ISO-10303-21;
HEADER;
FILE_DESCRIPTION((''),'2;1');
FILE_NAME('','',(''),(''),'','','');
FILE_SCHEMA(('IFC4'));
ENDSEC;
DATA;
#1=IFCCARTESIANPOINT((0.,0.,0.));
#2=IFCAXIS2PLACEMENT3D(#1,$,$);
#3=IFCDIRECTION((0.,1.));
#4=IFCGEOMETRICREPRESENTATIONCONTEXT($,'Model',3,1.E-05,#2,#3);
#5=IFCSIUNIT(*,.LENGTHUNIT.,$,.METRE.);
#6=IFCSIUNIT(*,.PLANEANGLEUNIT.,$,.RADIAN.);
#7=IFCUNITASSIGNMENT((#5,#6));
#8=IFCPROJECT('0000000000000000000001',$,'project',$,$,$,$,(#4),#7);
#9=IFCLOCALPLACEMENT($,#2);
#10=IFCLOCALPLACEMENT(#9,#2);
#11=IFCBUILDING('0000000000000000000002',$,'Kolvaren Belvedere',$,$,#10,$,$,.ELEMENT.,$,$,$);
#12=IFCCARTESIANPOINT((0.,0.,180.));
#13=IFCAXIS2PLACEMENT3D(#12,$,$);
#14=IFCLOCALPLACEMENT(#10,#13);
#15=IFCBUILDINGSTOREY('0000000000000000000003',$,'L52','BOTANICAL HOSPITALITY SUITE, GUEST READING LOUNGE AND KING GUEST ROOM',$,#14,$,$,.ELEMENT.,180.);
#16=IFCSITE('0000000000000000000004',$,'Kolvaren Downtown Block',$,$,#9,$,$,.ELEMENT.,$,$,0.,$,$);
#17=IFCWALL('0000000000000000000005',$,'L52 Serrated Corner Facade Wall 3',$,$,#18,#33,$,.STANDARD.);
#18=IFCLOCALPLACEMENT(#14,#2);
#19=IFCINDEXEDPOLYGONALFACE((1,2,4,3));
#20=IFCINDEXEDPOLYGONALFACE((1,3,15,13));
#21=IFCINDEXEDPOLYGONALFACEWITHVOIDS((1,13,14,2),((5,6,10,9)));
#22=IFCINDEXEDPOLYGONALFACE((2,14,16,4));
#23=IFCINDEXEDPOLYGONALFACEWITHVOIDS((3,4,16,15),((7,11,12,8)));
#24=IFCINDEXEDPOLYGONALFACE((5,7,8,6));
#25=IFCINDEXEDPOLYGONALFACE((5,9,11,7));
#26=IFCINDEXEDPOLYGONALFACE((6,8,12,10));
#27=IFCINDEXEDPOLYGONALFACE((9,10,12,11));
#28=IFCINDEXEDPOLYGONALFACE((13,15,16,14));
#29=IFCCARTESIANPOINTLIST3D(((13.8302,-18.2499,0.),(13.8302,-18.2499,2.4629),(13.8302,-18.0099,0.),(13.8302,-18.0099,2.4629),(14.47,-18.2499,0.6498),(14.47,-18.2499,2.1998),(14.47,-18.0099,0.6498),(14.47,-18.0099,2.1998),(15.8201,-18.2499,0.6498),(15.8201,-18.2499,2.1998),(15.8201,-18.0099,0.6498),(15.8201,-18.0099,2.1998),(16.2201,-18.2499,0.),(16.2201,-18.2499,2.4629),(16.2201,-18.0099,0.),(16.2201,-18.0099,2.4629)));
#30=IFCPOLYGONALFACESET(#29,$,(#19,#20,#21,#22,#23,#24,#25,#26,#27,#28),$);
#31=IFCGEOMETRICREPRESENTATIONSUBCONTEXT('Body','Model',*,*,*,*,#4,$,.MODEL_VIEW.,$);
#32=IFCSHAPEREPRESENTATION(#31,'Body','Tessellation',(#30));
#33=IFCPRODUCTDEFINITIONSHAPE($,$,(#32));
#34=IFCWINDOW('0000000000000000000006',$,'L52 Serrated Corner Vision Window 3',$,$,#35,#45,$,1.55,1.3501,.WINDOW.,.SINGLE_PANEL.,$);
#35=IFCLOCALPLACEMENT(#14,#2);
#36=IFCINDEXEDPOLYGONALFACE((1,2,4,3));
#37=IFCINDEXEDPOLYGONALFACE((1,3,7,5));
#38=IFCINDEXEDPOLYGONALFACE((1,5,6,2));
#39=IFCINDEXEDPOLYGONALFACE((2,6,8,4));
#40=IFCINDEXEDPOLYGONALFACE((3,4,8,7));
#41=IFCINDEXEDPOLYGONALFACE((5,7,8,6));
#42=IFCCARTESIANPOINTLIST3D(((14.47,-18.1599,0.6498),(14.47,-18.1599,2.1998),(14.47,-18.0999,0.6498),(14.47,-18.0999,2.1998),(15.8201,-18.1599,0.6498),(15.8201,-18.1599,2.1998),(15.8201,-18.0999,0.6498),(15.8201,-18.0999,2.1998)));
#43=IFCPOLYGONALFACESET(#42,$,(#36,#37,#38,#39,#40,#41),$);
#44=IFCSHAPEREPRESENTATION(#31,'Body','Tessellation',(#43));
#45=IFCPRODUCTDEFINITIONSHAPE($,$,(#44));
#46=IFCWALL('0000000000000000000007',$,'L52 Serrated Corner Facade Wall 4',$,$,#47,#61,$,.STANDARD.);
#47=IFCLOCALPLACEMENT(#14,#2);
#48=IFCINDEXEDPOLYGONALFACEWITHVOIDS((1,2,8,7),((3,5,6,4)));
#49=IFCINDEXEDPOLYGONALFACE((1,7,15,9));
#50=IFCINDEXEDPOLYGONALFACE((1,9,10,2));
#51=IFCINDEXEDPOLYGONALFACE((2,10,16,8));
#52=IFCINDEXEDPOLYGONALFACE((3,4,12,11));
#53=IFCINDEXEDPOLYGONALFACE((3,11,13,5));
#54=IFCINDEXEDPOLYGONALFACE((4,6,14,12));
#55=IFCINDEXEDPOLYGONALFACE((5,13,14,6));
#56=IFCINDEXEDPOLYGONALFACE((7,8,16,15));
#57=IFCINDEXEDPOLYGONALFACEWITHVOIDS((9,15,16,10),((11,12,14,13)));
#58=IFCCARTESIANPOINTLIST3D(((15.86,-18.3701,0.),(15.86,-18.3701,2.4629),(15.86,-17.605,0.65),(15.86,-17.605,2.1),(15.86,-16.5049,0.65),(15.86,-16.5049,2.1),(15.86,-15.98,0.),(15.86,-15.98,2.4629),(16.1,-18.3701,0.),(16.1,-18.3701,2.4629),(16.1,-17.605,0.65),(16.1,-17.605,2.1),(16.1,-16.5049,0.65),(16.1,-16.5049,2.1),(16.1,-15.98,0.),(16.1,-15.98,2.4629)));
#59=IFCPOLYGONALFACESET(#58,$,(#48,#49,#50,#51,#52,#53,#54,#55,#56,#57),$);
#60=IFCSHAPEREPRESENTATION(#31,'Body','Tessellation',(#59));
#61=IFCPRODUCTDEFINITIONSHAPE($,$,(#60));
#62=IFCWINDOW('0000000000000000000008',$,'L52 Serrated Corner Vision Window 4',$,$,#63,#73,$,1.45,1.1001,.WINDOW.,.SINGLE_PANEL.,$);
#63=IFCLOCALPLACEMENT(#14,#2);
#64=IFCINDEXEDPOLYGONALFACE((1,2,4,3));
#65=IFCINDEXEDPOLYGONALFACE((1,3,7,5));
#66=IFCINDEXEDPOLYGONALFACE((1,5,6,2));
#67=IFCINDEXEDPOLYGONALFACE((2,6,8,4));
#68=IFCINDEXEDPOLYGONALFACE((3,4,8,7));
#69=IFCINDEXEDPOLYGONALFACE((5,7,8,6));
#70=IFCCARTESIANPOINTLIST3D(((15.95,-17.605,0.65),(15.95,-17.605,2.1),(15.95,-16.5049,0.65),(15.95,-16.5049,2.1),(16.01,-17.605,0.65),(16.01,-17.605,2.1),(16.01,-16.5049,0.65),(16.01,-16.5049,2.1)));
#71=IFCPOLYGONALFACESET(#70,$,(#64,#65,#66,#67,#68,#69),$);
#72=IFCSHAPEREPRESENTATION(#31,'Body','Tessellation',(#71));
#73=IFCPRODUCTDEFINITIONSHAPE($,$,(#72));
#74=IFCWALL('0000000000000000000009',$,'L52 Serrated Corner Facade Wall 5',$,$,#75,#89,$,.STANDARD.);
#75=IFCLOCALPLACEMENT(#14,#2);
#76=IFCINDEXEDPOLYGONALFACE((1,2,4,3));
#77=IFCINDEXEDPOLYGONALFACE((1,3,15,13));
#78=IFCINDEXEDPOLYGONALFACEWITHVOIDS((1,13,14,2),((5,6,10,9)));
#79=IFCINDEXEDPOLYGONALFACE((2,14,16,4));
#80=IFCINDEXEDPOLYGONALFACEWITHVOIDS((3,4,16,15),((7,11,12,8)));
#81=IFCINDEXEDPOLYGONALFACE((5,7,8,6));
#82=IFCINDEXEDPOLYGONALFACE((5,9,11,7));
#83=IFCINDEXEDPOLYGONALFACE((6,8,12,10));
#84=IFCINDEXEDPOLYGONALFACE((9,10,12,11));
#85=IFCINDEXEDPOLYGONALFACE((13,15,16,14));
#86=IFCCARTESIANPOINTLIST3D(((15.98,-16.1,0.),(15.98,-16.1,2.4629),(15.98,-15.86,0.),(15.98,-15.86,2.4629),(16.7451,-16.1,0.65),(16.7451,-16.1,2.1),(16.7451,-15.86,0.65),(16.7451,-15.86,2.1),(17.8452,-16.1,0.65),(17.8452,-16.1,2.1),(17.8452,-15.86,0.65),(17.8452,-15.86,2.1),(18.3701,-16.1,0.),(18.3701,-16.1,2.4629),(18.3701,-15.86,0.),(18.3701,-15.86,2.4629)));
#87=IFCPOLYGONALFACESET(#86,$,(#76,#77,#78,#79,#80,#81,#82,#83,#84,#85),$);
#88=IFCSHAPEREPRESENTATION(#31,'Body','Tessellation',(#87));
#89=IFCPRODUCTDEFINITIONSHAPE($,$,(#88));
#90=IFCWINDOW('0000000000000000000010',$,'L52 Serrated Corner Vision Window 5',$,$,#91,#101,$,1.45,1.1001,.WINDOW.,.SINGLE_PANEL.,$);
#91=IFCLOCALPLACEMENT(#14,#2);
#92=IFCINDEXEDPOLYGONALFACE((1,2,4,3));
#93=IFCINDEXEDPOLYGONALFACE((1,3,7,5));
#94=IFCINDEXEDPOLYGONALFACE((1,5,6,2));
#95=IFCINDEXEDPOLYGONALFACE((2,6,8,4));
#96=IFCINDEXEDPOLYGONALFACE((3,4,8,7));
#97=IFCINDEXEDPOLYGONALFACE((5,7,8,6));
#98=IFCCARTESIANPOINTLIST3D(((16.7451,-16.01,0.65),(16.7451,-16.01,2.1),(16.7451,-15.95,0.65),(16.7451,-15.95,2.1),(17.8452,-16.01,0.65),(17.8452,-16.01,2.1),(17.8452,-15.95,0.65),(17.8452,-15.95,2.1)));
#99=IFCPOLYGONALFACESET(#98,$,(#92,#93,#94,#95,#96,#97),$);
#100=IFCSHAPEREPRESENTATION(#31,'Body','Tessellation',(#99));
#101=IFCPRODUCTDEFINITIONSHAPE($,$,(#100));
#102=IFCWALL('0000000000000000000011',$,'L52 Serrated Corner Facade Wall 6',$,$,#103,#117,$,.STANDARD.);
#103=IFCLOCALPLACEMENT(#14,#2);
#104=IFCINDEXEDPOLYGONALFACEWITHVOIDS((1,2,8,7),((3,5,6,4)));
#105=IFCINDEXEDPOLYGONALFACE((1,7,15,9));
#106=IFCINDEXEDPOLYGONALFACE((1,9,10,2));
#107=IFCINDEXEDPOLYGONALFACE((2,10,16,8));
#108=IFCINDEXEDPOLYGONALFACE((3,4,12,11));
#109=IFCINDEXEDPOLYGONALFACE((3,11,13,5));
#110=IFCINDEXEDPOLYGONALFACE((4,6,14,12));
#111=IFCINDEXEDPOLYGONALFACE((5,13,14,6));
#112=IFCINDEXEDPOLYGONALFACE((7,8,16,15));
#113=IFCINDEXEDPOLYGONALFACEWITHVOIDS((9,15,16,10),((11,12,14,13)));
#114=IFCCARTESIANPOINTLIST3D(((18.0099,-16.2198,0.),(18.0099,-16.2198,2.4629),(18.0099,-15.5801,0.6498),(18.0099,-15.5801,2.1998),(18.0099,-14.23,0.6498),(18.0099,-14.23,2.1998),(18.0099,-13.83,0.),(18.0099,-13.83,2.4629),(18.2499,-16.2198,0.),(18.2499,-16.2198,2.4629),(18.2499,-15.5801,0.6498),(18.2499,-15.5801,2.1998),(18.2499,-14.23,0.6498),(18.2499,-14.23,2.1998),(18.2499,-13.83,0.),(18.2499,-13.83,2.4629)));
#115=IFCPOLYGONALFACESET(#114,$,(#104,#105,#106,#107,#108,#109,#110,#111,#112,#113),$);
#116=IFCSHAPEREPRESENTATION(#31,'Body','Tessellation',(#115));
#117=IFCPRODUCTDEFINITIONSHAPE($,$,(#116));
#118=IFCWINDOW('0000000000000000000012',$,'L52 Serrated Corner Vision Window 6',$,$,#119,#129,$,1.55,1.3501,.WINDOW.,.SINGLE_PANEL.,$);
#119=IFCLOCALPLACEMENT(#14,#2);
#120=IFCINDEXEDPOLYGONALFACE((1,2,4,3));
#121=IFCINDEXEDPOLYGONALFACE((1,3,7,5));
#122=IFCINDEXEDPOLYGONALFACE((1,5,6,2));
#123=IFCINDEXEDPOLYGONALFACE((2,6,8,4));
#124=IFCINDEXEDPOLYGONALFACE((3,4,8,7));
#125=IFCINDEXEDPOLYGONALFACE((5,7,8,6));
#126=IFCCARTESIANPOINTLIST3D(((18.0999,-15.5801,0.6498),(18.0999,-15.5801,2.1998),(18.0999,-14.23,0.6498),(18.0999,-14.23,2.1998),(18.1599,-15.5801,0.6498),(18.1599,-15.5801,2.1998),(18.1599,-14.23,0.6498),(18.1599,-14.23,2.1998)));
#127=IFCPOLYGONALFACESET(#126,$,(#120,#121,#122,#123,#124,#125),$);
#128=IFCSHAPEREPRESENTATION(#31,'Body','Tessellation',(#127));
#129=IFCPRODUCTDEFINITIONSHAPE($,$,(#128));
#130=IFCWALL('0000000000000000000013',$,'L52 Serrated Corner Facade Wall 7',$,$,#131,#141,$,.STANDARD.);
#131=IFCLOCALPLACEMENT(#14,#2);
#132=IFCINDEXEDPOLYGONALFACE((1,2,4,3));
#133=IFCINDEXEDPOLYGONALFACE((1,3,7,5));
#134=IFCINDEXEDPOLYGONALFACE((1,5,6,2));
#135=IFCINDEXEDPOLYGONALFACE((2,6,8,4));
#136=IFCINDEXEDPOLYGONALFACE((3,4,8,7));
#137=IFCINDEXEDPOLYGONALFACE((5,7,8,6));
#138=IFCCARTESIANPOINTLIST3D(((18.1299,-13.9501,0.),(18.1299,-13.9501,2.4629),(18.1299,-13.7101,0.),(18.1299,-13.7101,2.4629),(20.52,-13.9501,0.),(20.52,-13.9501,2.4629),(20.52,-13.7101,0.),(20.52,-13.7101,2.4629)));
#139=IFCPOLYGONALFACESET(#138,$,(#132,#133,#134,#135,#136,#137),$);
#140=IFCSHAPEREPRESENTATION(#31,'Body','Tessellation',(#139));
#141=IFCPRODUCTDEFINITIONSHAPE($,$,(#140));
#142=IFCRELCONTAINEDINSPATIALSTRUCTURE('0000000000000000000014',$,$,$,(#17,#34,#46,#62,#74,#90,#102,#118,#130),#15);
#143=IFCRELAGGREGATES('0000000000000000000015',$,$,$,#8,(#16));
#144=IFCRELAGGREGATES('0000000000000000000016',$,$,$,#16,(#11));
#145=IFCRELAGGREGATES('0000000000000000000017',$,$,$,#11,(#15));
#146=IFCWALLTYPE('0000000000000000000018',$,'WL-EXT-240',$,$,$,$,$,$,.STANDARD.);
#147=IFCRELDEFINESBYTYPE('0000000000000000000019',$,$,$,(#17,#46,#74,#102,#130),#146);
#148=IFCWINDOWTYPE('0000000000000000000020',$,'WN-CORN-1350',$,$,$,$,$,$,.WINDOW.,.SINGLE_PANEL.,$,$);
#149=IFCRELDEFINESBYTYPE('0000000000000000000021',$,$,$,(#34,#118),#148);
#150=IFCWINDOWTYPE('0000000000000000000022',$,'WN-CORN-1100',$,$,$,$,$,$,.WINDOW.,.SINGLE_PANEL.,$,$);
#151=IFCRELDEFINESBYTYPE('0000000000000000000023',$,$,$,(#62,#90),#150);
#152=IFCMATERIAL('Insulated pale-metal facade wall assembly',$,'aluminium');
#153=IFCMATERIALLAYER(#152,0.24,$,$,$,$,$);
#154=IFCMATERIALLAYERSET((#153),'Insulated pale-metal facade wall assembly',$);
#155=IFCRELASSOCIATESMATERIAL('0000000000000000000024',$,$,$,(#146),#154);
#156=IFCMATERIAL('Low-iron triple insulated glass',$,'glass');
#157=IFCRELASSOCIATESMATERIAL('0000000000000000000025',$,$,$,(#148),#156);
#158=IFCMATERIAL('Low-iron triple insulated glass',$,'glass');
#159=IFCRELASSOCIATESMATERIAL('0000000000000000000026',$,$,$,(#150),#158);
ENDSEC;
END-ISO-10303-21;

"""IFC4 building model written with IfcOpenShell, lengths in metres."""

from ifc_helpers import new_model, si_unit, direction, frame, frame_2d, origin, place, context, subcontext, project, spatial, rectangle, extrude, material, layer, layer_set, type_object, element, fill, save


model = new_model("IFC4")

# Units and contexts
model_context = context("Model", 3, precision=1e-05, world=origin(), true_north=direction((0.0, 1.0)))
body_context = subcontext(model_context, "Body", "Model", "MODEL_VIEW")
ifc_project = project(units=[si_unit("LENGTHUNIT", "METRE"), si_unit("PLANEANGLEUNIT", "RADIAN")], contexts=[model_context])

# Site, building, storey
site_placement = place(None, origin())
site = spatial("IfcSite", under=ifc_project, at=site_placement, Name="Kolvaren Downtown Block", CompositionType="ELEMENT", RefElevation=0.0)
building_placement = place(site_placement, origin())
building = spatial("IfcBuilding", under=site, at=building_placement, Name="Kolvaren Belvedere", CompositionType="ELEMENT")
storey_placement = place(building_placement, frame((0.0, 0.0, 180.0)))
storey = spatial("IfcBuildingStorey", under=building, at=storey_placement, Name="L52", Description="BOTANICAL HOSPITALITY SUITE, GUEST READING LOUNGE AND KING GUEST ROOM", CompositionType="ELEMENT", Elevation=180.0)

# Shared definitions
ifc_material_1 = material(Name="Insulated pale-metal facade wall assembly", Category="aluminium")
ifc_layer_1 = layer(ifc_material_1, 0.24)
ifc_layer_set_1 = layer_set([ifc_layer_1], Name="Insulated pale-metal facade wall assembly")
wall_type = type_object("IfcWallType", Name="WL-EXT-240", PredefinedType="STANDARD", material=ifc_layer_set_1)

# Walls, openings, windows
wall_1_placement = place(storey_placement, frame((16.22, -18.1299, 0.0), z_axis=(0.0, 0.0, 1.0), x_axis=(-1.0, 0.0, 0.0)))
wall_1 = element("IfcWall", 1, at=wall_1_placement, inside=storey, type_object=wall_type, Name="L52 Serrated Corner Facade Wall 3", PredefinedType="STANDARD", context=body_context, shape_type="SweptSolid", body=[
    extrude(rectangle(XDim=2.3899, YDim=0.24, at=frame_2d((1.1948, 0.0))), origin(), (0.0, 0.0, 1.0), 2.4629),
])
opening_1_placement = place(wall_1_placement, frame((0.3999, 0.0, 0.6499)))
opening_1 = element("IfcOpeningElement", 2, at=opening_1_placement, cuts=wall_1, PredefinedType="OPENING", context=body_context, shape_type="SweptSolid", body=[
    extrude(rectangle(XDim=1.3501, YDim=1.55, at=frame_2d((0.675, 0.7749))), frame((0.0, 0.1299, 0.0), z_axis=(0.0, -1.0, 0.0), x_axis=(1.0, 0.0, 0.0)), (0.0, 0.0, 1.0), 0.26),
])
ifc_material_2 = material(Name="Low-iron triple insulated glass", Category="glass")
window_type_1 = type_object("IfcWindowType", Name="WN-CORN-1350", PartitioningType="SINGLE_PANEL", PredefinedType="WINDOW", material=ifc_material_2)
window_1_placement = place(opening_1_placement, origin())
window_1 = element("IfcWindow", 3, at=window_1_placement, inside=storey, type_object=window_type_1, Name="L52 Serrated Corner Vision Window 3", OverallHeight=1.55, OverallWidth=1.3501, PartitioningType="SINGLE_PANEL", PredefinedType="WINDOW", context=body_context, shape_type="SweptSolid", body=[
    extrude(rectangle(XDim=1.3501, YDim=1.55, at=frame_2d((0.675, 0.7749))), frame((0.0, 0.03, 0.0), z_axis=(0.0, -1.0, 0.0), x_axis=(1.0, 0.0, 0.0)), (0.0, 0.0, 1.0), 0.0601),
])
fill(opening_1, window_1)
wall_2_placement = place(storey_placement, frame((15.98, -15.98, 0.0), z_axis=(0.0, 0.0, 1.0), x_axis=(0.0, -1.0, 0.0)))
wall_2 = element("IfcWall", 4, at=wall_2_placement, inside=storey, type_object=wall_type, Name="L52 Serrated Corner Facade Wall 4", PredefinedType="STANDARD", context=body_context, shape_type="SweptSolid", body=[
    extrude(rectangle(XDim=2.3901, YDim=0.24, at=frame_2d((1.1951, 0.0))), origin(), (0.0, 0.0, 1.0), 2.4629),
])
opening_2_placement = place(wall_2_placement, frame((0.5249, 0.0, 0.6499)))
opening_2 = element("IfcOpeningElement", 5, at=opening_2_placement, cuts=wall_2, PredefinedType="OPENING", context=body_context, shape_type="SweptSolid", body=[
    extrude(rectangle(XDim=1.1001, YDim=1.45, at=frame_2d((0.55, 0.7251))), frame((0.0, 0.1299, 0.0), z_axis=(0.0, -1.0, 0.0), x_axis=(1.0, 0.0, 0.0)), (0.0, 0.0, 1.0), 0.26),
])
ifc_material_3 = material(Name="Low-iron triple insulated glass", Category="glass")
window_type_2 = type_object("IfcWindowType", Name="WN-CORN-1100", PartitioningType="SINGLE_PANEL", PredefinedType="WINDOW", material=ifc_material_3)
window_2_placement = place(opening_2_placement, origin())
window_2 = element("IfcWindow", 6, at=window_2_placement, inside=storey, type_object=window_type_2, Name="L52 Serrated Corner Vision Window 4", OverallHeight=1.45, OverallWidth=1.1001, PartitioningType="SINGLE_PANEL", PredefinedType="WINDOW", context=body_context, shape_type="SweptSolid", body=[
    extrude(rectangle(XDim=1.1001, YDim=1.45, at=frame_2d((0.55, 0.7251))), frame((0.0, 0.03, 0.0), z_axis=(0.0, -1.0, 0.0), x_axis=(1.0, 0.0, 0.0)), (0.0, 0.0, 1.0), 0.0601),
])
fill(opening_2, window_2)
wall_3_placement = place(storey_placement, frame((18.3701, -15.98, 0.0), z_axis=(0.0, 0.0, 1.0), x_axis=(-1.0, 0.0, 0.0)))
wall_3 = element("IfcWall", 7, at=wall_3_placement, inside=storey, type_object=wall_type, Name="L52 Serrated Corner Facade Wall 5", PredefinedType="STANDARD", context=body_context, shape_type="SweptSolid", body=[
    extrude(rectangle(XDim=2.3901, YDim=0.24, at=frame_2d((1.1951, 0.0))), origin(), (0.0, 0.0, 1.0), 2.4629),
])
opening_3_placement = place(wall_3_placement, frame((0.5249, 0.0, 0.6499)))
opening_3 = element("IfcOpeningElement", 8, at=opening_3_placement, cuts=wall_3, PredefinedType="OPENING", context=body_context, shape_type="SweptSolid", body=[
    extrude(rectangle(XDim=1.1001, YDim=1.45, at=frame_2d((0.55, 0.7251))), frame((0.0, 0.1299, 0.0), z_axis=(0.0, -1.0, 0.0), x_axis=(1.0, 0.0, 0.0)), (0.0, 0.0, 1.0), 0.26),
])
window_3_placement = place(opening_3_placement, origin())
window_3 = element("IfcWindow", 9, at=window_3_placement, inside=storey, type_object=window_type_2, Name="L52 Serrated Corner Vision Window 5", OverallHeight=1.45, OverallWidth=1.1001, PartitioningType="SINGLE_PANEL", PredefinedType="WINDOW", context=body_context, shape_type="SweptSolid", body=[
    extrude(rectangle(XDim=1.1001, YDim=1.45, at=frame_2d((0.55, 0.7251))), frame((0.0, 0.03, 0.0), z_axis=(0.0, -1.0, 0.0), x_axis=(1.0, 0.0, 0.0)), (0.0, 0.0, 1.0), 0.0601),
])
fill(opening_3, window_3)
wall_4_placement = place(storey_placement, frame((18.1299, -13.8301, 0.0), z_axis=(0.0, 0.0, 1.0), x_axis=(0.0, -1.0, 0.0)))
wall_4 = element("IfcWall", 10, at=wall_4_placement, inside=storey, type_object=wall_type, Name="L52 Serrated Corner Facade Wall 6", PredefinedType="STANDARD", context=body_context, shape_type="SweptSolid", body=[
    extrude(rectangle(XDim=2.3899, YDim=0.24, at=frame_2d((1.1948, 0.0))), origin(), (0.0, 0.0, 1.0), 2.4629),
])
opening_4_placement = place(wall_4_placement, frame((0.3999, 0.0, 0.6499)))
opening_4 = element("IfcOpeningElement", 11, at=opening_4_placement, cuts=wall_4, PredefinedType="OPENING", context=body_context, shape_type="SweptSolid", body=[
    extrude(rectangle(XDim=1.3501, YDim=1.55, at=frame_2d((0.675, 0.7749))), frame((0.0, 0.1299, 0.0), z_axis=(0.0, -1.0, 0.0), x_axis=(1.0, 0.0, 0.0)), (0.0, 0.0, 1.0), 0.26),
])
window_4_placement = place(opening_4_placement, origin())
window_4 = element("IfcWindow", 12, at=window_4_placement, inside=storey, type_object=window_type_1, Name="L52 Serrated Corner Vision Window 6", OverallHeight=1.55, OverallWidth=1.3501, PartitioningType="SINGLE_PANEL", PredefinedType="WINDOW", context=body_context, shape_type="SweptSolid", body=[
    extrude(rectangle(XDim=1.3501, YDim=1.55, at=frame_2d((0.675, 0.7749))), frame((0.0, 0.03, 0.0), z_axis=(0.0, -1.0, 0.0), x_axis=(1.0, 0.0, 0.0)), (0.0, 0.0, 1.0), 0.0601),
])
fill(opening_4, window_4)

# Wall
wall_5_placement = place(storey_placement, frame((20.52, -13.8301, 0.0), z_axis=(0.0, 0.0, 1.0), x_axis=(-1.0, 0.0, 0.0)))
element("IfcWall", 13, at=wall_5_placement, inside=storey, type_object=wall_type, Name="L52 Serrated Corner Facade Wall 7", PredefinedType="STANDARD", context=body_context, shape_type="SweptSolid", body=[
    extrude(rectangle(XDim=2.3901, YDim=0.24, at=frame_2d((1.1951, 0.0))), origin(), (0.0, 0.0, 1.0), 2.4629),
])

save(model, "model.ifc")
